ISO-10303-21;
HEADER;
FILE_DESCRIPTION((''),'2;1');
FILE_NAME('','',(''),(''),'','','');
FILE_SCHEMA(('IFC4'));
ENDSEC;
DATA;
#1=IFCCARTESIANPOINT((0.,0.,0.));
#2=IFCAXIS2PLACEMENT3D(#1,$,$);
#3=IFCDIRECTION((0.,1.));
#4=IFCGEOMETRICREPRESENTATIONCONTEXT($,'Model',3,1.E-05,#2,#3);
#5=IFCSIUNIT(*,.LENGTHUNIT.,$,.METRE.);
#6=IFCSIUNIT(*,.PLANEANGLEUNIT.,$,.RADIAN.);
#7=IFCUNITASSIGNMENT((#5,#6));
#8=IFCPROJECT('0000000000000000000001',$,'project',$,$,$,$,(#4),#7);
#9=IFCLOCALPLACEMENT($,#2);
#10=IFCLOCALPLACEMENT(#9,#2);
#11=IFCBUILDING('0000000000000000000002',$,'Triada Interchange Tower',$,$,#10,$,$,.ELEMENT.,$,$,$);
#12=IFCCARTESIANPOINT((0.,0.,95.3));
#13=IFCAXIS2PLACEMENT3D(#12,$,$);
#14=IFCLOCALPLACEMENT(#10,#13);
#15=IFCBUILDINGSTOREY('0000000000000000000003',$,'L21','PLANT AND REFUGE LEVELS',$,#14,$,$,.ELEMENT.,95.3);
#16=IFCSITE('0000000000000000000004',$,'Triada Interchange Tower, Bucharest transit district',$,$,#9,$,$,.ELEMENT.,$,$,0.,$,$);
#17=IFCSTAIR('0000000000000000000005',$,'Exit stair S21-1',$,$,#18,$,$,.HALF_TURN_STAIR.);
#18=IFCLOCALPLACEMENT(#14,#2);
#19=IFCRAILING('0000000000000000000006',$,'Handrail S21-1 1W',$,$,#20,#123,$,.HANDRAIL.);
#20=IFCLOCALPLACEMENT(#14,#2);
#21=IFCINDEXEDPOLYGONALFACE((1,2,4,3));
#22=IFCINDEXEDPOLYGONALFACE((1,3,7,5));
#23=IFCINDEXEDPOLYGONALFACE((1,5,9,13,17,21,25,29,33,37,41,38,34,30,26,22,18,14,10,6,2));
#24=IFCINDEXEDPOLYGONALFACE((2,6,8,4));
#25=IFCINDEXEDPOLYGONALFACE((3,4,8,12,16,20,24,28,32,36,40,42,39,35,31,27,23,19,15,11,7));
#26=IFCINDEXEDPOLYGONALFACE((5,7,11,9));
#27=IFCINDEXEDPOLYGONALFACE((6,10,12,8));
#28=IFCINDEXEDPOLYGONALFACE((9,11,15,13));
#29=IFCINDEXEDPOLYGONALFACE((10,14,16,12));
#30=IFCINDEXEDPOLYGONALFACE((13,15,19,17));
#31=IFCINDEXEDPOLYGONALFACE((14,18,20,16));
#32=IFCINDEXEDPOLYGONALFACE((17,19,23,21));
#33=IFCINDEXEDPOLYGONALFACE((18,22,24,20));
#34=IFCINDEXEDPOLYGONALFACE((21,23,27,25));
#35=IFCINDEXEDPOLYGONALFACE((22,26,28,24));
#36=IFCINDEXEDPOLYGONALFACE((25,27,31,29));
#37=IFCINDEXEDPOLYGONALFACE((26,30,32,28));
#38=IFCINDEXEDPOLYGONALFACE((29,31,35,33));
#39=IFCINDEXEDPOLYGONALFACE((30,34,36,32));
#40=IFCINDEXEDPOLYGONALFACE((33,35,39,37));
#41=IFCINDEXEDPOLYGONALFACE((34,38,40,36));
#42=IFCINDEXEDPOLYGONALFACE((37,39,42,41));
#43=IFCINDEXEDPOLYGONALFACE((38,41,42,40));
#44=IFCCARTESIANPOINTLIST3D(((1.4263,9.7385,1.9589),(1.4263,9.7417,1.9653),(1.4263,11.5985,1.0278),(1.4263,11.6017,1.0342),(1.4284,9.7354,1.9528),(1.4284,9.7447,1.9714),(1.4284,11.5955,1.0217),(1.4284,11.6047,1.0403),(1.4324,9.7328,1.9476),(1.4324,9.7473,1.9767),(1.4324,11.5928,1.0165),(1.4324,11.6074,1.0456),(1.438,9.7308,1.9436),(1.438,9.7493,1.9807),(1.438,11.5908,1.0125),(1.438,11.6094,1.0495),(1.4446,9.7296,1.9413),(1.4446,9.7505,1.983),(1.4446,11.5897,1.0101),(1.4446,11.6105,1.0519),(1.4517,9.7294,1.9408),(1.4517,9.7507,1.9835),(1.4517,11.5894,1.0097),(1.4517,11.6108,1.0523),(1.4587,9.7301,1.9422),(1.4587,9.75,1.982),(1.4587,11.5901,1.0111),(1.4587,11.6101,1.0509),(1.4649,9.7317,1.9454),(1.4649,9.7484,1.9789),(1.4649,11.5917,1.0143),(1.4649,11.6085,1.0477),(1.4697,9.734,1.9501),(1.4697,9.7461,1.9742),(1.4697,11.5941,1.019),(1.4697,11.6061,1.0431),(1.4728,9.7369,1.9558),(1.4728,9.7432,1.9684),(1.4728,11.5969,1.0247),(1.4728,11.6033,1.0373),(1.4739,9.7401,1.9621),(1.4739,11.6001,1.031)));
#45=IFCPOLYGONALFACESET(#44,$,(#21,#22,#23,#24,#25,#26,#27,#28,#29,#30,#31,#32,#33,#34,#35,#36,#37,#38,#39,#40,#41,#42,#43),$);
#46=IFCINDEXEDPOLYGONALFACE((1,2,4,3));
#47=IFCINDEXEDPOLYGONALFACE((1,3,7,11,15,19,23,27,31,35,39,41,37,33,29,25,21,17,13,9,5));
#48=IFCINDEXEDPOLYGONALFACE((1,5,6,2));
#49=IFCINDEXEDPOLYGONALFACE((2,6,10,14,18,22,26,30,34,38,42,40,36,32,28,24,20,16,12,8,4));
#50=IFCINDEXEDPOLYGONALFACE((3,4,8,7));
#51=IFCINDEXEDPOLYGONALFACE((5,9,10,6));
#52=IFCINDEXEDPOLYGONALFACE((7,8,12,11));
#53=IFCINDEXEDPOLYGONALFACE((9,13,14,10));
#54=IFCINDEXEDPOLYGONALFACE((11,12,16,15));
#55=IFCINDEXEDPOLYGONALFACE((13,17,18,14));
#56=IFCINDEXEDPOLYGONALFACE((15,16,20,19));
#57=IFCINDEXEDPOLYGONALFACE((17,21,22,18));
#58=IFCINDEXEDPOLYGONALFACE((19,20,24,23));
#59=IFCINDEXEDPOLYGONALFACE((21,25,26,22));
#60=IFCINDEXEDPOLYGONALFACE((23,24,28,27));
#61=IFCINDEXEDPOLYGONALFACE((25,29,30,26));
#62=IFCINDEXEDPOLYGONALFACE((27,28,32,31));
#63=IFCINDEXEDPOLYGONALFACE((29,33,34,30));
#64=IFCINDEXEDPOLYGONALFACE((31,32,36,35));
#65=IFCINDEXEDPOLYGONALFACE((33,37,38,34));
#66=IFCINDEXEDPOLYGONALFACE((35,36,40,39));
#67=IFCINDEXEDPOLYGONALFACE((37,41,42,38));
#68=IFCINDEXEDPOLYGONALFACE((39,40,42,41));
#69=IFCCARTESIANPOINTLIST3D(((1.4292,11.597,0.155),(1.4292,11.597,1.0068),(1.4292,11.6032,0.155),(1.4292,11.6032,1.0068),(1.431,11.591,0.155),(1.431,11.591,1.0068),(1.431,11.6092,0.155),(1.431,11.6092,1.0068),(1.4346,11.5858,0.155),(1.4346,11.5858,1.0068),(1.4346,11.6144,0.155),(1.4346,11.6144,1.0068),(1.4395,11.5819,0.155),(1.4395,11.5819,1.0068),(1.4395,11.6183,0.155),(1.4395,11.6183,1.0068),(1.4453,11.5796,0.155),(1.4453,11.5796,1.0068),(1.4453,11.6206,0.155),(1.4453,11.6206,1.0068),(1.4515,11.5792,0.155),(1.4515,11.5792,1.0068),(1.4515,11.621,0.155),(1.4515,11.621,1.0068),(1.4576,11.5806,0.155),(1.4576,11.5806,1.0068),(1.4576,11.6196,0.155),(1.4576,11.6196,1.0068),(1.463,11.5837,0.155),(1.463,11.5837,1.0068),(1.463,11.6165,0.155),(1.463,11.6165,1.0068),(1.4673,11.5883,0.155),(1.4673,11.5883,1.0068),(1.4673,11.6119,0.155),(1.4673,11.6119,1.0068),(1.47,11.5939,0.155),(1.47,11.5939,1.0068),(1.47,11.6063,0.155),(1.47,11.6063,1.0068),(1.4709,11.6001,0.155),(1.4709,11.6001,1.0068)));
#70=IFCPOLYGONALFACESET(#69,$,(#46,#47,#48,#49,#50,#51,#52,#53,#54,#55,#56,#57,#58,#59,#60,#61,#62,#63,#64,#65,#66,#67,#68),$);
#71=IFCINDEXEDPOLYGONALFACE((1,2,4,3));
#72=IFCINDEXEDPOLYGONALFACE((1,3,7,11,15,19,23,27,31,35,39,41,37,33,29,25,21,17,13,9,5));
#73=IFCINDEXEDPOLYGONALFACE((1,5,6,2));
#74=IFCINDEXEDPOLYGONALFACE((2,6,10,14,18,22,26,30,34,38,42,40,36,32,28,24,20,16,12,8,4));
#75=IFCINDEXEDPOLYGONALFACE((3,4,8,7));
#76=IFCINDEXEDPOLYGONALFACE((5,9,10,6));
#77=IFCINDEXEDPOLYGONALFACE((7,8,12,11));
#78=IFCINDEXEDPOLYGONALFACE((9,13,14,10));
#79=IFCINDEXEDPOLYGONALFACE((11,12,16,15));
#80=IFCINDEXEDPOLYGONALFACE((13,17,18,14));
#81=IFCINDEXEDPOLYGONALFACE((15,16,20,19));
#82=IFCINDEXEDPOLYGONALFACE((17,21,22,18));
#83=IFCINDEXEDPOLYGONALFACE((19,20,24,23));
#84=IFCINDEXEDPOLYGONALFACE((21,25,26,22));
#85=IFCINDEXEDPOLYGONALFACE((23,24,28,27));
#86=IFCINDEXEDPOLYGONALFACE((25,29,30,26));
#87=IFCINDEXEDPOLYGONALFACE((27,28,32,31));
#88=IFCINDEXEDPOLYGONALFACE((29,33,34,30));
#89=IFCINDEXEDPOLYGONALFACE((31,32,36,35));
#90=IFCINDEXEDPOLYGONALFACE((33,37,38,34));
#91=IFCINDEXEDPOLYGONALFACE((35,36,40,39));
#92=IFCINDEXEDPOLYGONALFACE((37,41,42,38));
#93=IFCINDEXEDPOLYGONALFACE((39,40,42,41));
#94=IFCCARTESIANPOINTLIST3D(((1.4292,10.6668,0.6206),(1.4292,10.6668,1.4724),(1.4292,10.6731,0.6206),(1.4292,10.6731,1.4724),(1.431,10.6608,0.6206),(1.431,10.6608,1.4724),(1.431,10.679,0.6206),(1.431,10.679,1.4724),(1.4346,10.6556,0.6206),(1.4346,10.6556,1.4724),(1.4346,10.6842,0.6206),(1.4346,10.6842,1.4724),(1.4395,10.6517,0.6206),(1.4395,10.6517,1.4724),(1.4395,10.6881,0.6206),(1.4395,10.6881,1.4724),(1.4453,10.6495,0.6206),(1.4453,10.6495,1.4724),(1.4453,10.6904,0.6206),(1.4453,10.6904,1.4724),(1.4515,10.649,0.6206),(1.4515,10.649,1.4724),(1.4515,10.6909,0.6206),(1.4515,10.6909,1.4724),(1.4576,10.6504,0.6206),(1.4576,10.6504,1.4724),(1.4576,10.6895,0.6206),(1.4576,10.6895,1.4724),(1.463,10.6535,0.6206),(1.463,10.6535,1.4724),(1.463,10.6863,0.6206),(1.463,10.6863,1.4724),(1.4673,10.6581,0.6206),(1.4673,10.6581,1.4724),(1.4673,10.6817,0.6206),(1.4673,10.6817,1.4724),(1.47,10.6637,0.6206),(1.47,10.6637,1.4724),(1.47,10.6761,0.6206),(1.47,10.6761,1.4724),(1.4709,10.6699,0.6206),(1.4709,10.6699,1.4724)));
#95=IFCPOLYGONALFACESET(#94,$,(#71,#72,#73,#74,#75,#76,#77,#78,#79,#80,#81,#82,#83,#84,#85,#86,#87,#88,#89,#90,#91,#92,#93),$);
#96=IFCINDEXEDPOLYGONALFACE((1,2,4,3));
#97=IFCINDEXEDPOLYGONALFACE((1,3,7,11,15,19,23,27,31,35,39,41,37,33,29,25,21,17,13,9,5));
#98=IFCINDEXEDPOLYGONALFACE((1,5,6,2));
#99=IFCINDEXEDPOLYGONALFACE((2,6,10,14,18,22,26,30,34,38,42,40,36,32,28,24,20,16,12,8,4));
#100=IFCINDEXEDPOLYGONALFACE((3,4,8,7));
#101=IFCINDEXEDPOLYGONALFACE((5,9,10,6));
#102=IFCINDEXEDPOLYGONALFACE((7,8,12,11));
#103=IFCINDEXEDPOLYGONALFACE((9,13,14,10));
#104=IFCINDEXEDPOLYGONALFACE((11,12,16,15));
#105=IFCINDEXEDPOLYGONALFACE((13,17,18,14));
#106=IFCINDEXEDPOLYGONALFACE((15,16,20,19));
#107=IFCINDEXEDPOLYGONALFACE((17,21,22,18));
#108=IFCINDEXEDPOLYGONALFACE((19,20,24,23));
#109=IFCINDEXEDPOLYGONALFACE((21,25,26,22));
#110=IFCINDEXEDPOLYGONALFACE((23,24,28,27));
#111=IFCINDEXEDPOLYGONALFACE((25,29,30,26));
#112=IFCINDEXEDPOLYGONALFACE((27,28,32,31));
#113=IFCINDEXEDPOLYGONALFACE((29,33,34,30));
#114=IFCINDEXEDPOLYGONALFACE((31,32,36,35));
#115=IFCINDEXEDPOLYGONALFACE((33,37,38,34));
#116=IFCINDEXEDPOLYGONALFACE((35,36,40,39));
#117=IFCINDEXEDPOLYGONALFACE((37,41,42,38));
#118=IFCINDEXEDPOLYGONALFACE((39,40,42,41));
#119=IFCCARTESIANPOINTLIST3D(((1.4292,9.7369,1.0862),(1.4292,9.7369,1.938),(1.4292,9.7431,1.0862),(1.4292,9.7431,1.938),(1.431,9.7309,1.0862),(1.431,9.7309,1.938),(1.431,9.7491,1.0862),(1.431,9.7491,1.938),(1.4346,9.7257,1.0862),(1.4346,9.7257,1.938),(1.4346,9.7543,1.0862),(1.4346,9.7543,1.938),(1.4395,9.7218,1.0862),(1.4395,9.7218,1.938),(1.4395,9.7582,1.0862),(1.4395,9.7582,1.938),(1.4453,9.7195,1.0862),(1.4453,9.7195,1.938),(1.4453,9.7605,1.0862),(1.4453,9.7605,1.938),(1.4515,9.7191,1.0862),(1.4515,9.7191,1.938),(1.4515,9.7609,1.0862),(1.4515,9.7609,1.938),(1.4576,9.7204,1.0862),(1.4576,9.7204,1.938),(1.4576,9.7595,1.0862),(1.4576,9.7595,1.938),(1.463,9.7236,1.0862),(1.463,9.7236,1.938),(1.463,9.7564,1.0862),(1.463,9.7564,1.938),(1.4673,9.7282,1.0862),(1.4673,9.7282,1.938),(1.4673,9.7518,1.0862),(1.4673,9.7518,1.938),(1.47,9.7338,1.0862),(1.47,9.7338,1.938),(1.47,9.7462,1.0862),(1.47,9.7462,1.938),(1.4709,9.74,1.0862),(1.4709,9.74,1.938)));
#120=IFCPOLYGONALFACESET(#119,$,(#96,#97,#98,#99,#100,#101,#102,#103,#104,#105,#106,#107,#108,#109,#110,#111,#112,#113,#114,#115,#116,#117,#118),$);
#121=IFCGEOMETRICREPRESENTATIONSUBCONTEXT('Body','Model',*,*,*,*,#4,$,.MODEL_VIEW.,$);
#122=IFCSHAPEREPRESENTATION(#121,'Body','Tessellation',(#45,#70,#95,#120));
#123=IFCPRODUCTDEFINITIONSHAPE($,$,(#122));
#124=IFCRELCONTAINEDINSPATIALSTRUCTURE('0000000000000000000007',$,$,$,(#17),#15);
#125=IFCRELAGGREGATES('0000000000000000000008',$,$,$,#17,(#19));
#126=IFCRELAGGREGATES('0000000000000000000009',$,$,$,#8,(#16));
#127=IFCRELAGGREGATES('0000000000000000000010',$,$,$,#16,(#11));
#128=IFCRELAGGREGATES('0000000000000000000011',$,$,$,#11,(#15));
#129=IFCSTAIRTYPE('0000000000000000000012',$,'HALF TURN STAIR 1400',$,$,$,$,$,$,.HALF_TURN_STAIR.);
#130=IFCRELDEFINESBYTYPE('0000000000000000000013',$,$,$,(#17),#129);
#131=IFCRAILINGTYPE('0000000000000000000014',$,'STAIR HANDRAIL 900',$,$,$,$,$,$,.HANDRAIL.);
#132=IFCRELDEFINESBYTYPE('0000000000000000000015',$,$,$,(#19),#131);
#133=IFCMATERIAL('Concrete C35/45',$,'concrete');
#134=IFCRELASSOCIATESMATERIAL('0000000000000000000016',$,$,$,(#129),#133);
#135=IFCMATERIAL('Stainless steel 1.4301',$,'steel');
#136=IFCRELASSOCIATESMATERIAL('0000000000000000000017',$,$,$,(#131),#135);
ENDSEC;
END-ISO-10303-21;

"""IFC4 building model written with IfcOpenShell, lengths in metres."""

from ifc_helpers import new_model, si_unit, direction, frame, origin, origin_2d, place, context, subcontext, project, spatial, circle, extrude, material, type_object, element, aggregate, save


model = new_model("IFC4")

# Units and contexts
model_context = context("Model", 3, precision=1e-05, world=origin(), true_north=direction((0.0, 1.0)))
body_context = subcontext(model_context, "Body", "Model", "MODEL_VIEW")
ifc_project = project(units=[si_unit("LENGTHUNIT", "METRE"), si_unit("PLANEANGLEUNIT", "RADIAN")], contexts=[model_context])

# Site, building, storey
site_placement = place(None, origin())
site = spatial("IfcSite", under=ifc_project, at=site_placement, Name="Triada Interchange Tower, Bucharest transit district", CompositionType="ELEMENT", RefElevation=0.0)
building_placement = place(site_placement, origin())
building = spatial("IfcBuilding", under=site, at=building_placement, Name="Triada Interchange Tower", CompositionType="ELEMENT")
storey_placement = place(building_placement, frame((0.0, 0.0, 95.3)))
storey = spatial("IfcBuildingStorey", under=building, at=storey_placement, Name="L21", Description="PLANT AND REFUGE LEVELS", CompositionType="ELEMENT", Elevation=95.3)

# Stair
ifc_material_1 = material(Name="Concrete C35/45", Category="concrete")
stair_type = type_object("IfcStairType", Name="HALF TURN STAIR 1400", PredefinedType="HALF_TURN_STAIR", material=ifc_material_1)
stair_1_placement = place(storey_placement, origin())
stair_1 = element("IfcStair", 1, at=stair_1_placement, inside=storey, type_object=stair_type, Name="Exit stair S21-1", PredefinedType="HALF_TURN_STAIR")

# Railing
ifc_material_2 = material(Name="Stainless steel 1.4301", Category="steel")
railing_type = type_object("IfcRailingType", Name="STAIR HANDRAIL 900", PredefinedType="HANDRAIL", material=ifc_material_2)
railing_1_placement = place(storey_placement, frame((1.45, 11.6001, 0.155)))
railing_1 = element("IfcRailing", 2, at=railing_1_placement, type_object=railing_type, Name="Handrail S21-1 1W", PredefinedType="HANDRAIL", context=body_context, shape_type="SweptSolid", body=[
    extrude(circle(Radius=0.0239, at=origin_2d()), frame((0.0, 0.0, 0.876), z_axis=(0.0, -0.894216, 0.447636), x_axis=(1.0, 0.0, 0.0)), (0.0, 0.0, 1.0), 2.0801),
    extrude(circle(Radius=0.021, at=origin_2d()), origin(), (0.0, 0.0, 1.0), 0.8518),
    extrude(circle(Radius=0.021, at=origin_2d()), frame((0.0, -0.9302, 0.4656)), (0.0, 0.0, 1.0), 0.8518),
    extrude(circle(Radius=0.021, at=origin_2d()), frame((0.0, -1.8601, 0.9312)), (0.0, 0.0, 1.0), 0.8518),
])
aggregate(stair_1, [railing_1])

save(model, "model.ifc")
